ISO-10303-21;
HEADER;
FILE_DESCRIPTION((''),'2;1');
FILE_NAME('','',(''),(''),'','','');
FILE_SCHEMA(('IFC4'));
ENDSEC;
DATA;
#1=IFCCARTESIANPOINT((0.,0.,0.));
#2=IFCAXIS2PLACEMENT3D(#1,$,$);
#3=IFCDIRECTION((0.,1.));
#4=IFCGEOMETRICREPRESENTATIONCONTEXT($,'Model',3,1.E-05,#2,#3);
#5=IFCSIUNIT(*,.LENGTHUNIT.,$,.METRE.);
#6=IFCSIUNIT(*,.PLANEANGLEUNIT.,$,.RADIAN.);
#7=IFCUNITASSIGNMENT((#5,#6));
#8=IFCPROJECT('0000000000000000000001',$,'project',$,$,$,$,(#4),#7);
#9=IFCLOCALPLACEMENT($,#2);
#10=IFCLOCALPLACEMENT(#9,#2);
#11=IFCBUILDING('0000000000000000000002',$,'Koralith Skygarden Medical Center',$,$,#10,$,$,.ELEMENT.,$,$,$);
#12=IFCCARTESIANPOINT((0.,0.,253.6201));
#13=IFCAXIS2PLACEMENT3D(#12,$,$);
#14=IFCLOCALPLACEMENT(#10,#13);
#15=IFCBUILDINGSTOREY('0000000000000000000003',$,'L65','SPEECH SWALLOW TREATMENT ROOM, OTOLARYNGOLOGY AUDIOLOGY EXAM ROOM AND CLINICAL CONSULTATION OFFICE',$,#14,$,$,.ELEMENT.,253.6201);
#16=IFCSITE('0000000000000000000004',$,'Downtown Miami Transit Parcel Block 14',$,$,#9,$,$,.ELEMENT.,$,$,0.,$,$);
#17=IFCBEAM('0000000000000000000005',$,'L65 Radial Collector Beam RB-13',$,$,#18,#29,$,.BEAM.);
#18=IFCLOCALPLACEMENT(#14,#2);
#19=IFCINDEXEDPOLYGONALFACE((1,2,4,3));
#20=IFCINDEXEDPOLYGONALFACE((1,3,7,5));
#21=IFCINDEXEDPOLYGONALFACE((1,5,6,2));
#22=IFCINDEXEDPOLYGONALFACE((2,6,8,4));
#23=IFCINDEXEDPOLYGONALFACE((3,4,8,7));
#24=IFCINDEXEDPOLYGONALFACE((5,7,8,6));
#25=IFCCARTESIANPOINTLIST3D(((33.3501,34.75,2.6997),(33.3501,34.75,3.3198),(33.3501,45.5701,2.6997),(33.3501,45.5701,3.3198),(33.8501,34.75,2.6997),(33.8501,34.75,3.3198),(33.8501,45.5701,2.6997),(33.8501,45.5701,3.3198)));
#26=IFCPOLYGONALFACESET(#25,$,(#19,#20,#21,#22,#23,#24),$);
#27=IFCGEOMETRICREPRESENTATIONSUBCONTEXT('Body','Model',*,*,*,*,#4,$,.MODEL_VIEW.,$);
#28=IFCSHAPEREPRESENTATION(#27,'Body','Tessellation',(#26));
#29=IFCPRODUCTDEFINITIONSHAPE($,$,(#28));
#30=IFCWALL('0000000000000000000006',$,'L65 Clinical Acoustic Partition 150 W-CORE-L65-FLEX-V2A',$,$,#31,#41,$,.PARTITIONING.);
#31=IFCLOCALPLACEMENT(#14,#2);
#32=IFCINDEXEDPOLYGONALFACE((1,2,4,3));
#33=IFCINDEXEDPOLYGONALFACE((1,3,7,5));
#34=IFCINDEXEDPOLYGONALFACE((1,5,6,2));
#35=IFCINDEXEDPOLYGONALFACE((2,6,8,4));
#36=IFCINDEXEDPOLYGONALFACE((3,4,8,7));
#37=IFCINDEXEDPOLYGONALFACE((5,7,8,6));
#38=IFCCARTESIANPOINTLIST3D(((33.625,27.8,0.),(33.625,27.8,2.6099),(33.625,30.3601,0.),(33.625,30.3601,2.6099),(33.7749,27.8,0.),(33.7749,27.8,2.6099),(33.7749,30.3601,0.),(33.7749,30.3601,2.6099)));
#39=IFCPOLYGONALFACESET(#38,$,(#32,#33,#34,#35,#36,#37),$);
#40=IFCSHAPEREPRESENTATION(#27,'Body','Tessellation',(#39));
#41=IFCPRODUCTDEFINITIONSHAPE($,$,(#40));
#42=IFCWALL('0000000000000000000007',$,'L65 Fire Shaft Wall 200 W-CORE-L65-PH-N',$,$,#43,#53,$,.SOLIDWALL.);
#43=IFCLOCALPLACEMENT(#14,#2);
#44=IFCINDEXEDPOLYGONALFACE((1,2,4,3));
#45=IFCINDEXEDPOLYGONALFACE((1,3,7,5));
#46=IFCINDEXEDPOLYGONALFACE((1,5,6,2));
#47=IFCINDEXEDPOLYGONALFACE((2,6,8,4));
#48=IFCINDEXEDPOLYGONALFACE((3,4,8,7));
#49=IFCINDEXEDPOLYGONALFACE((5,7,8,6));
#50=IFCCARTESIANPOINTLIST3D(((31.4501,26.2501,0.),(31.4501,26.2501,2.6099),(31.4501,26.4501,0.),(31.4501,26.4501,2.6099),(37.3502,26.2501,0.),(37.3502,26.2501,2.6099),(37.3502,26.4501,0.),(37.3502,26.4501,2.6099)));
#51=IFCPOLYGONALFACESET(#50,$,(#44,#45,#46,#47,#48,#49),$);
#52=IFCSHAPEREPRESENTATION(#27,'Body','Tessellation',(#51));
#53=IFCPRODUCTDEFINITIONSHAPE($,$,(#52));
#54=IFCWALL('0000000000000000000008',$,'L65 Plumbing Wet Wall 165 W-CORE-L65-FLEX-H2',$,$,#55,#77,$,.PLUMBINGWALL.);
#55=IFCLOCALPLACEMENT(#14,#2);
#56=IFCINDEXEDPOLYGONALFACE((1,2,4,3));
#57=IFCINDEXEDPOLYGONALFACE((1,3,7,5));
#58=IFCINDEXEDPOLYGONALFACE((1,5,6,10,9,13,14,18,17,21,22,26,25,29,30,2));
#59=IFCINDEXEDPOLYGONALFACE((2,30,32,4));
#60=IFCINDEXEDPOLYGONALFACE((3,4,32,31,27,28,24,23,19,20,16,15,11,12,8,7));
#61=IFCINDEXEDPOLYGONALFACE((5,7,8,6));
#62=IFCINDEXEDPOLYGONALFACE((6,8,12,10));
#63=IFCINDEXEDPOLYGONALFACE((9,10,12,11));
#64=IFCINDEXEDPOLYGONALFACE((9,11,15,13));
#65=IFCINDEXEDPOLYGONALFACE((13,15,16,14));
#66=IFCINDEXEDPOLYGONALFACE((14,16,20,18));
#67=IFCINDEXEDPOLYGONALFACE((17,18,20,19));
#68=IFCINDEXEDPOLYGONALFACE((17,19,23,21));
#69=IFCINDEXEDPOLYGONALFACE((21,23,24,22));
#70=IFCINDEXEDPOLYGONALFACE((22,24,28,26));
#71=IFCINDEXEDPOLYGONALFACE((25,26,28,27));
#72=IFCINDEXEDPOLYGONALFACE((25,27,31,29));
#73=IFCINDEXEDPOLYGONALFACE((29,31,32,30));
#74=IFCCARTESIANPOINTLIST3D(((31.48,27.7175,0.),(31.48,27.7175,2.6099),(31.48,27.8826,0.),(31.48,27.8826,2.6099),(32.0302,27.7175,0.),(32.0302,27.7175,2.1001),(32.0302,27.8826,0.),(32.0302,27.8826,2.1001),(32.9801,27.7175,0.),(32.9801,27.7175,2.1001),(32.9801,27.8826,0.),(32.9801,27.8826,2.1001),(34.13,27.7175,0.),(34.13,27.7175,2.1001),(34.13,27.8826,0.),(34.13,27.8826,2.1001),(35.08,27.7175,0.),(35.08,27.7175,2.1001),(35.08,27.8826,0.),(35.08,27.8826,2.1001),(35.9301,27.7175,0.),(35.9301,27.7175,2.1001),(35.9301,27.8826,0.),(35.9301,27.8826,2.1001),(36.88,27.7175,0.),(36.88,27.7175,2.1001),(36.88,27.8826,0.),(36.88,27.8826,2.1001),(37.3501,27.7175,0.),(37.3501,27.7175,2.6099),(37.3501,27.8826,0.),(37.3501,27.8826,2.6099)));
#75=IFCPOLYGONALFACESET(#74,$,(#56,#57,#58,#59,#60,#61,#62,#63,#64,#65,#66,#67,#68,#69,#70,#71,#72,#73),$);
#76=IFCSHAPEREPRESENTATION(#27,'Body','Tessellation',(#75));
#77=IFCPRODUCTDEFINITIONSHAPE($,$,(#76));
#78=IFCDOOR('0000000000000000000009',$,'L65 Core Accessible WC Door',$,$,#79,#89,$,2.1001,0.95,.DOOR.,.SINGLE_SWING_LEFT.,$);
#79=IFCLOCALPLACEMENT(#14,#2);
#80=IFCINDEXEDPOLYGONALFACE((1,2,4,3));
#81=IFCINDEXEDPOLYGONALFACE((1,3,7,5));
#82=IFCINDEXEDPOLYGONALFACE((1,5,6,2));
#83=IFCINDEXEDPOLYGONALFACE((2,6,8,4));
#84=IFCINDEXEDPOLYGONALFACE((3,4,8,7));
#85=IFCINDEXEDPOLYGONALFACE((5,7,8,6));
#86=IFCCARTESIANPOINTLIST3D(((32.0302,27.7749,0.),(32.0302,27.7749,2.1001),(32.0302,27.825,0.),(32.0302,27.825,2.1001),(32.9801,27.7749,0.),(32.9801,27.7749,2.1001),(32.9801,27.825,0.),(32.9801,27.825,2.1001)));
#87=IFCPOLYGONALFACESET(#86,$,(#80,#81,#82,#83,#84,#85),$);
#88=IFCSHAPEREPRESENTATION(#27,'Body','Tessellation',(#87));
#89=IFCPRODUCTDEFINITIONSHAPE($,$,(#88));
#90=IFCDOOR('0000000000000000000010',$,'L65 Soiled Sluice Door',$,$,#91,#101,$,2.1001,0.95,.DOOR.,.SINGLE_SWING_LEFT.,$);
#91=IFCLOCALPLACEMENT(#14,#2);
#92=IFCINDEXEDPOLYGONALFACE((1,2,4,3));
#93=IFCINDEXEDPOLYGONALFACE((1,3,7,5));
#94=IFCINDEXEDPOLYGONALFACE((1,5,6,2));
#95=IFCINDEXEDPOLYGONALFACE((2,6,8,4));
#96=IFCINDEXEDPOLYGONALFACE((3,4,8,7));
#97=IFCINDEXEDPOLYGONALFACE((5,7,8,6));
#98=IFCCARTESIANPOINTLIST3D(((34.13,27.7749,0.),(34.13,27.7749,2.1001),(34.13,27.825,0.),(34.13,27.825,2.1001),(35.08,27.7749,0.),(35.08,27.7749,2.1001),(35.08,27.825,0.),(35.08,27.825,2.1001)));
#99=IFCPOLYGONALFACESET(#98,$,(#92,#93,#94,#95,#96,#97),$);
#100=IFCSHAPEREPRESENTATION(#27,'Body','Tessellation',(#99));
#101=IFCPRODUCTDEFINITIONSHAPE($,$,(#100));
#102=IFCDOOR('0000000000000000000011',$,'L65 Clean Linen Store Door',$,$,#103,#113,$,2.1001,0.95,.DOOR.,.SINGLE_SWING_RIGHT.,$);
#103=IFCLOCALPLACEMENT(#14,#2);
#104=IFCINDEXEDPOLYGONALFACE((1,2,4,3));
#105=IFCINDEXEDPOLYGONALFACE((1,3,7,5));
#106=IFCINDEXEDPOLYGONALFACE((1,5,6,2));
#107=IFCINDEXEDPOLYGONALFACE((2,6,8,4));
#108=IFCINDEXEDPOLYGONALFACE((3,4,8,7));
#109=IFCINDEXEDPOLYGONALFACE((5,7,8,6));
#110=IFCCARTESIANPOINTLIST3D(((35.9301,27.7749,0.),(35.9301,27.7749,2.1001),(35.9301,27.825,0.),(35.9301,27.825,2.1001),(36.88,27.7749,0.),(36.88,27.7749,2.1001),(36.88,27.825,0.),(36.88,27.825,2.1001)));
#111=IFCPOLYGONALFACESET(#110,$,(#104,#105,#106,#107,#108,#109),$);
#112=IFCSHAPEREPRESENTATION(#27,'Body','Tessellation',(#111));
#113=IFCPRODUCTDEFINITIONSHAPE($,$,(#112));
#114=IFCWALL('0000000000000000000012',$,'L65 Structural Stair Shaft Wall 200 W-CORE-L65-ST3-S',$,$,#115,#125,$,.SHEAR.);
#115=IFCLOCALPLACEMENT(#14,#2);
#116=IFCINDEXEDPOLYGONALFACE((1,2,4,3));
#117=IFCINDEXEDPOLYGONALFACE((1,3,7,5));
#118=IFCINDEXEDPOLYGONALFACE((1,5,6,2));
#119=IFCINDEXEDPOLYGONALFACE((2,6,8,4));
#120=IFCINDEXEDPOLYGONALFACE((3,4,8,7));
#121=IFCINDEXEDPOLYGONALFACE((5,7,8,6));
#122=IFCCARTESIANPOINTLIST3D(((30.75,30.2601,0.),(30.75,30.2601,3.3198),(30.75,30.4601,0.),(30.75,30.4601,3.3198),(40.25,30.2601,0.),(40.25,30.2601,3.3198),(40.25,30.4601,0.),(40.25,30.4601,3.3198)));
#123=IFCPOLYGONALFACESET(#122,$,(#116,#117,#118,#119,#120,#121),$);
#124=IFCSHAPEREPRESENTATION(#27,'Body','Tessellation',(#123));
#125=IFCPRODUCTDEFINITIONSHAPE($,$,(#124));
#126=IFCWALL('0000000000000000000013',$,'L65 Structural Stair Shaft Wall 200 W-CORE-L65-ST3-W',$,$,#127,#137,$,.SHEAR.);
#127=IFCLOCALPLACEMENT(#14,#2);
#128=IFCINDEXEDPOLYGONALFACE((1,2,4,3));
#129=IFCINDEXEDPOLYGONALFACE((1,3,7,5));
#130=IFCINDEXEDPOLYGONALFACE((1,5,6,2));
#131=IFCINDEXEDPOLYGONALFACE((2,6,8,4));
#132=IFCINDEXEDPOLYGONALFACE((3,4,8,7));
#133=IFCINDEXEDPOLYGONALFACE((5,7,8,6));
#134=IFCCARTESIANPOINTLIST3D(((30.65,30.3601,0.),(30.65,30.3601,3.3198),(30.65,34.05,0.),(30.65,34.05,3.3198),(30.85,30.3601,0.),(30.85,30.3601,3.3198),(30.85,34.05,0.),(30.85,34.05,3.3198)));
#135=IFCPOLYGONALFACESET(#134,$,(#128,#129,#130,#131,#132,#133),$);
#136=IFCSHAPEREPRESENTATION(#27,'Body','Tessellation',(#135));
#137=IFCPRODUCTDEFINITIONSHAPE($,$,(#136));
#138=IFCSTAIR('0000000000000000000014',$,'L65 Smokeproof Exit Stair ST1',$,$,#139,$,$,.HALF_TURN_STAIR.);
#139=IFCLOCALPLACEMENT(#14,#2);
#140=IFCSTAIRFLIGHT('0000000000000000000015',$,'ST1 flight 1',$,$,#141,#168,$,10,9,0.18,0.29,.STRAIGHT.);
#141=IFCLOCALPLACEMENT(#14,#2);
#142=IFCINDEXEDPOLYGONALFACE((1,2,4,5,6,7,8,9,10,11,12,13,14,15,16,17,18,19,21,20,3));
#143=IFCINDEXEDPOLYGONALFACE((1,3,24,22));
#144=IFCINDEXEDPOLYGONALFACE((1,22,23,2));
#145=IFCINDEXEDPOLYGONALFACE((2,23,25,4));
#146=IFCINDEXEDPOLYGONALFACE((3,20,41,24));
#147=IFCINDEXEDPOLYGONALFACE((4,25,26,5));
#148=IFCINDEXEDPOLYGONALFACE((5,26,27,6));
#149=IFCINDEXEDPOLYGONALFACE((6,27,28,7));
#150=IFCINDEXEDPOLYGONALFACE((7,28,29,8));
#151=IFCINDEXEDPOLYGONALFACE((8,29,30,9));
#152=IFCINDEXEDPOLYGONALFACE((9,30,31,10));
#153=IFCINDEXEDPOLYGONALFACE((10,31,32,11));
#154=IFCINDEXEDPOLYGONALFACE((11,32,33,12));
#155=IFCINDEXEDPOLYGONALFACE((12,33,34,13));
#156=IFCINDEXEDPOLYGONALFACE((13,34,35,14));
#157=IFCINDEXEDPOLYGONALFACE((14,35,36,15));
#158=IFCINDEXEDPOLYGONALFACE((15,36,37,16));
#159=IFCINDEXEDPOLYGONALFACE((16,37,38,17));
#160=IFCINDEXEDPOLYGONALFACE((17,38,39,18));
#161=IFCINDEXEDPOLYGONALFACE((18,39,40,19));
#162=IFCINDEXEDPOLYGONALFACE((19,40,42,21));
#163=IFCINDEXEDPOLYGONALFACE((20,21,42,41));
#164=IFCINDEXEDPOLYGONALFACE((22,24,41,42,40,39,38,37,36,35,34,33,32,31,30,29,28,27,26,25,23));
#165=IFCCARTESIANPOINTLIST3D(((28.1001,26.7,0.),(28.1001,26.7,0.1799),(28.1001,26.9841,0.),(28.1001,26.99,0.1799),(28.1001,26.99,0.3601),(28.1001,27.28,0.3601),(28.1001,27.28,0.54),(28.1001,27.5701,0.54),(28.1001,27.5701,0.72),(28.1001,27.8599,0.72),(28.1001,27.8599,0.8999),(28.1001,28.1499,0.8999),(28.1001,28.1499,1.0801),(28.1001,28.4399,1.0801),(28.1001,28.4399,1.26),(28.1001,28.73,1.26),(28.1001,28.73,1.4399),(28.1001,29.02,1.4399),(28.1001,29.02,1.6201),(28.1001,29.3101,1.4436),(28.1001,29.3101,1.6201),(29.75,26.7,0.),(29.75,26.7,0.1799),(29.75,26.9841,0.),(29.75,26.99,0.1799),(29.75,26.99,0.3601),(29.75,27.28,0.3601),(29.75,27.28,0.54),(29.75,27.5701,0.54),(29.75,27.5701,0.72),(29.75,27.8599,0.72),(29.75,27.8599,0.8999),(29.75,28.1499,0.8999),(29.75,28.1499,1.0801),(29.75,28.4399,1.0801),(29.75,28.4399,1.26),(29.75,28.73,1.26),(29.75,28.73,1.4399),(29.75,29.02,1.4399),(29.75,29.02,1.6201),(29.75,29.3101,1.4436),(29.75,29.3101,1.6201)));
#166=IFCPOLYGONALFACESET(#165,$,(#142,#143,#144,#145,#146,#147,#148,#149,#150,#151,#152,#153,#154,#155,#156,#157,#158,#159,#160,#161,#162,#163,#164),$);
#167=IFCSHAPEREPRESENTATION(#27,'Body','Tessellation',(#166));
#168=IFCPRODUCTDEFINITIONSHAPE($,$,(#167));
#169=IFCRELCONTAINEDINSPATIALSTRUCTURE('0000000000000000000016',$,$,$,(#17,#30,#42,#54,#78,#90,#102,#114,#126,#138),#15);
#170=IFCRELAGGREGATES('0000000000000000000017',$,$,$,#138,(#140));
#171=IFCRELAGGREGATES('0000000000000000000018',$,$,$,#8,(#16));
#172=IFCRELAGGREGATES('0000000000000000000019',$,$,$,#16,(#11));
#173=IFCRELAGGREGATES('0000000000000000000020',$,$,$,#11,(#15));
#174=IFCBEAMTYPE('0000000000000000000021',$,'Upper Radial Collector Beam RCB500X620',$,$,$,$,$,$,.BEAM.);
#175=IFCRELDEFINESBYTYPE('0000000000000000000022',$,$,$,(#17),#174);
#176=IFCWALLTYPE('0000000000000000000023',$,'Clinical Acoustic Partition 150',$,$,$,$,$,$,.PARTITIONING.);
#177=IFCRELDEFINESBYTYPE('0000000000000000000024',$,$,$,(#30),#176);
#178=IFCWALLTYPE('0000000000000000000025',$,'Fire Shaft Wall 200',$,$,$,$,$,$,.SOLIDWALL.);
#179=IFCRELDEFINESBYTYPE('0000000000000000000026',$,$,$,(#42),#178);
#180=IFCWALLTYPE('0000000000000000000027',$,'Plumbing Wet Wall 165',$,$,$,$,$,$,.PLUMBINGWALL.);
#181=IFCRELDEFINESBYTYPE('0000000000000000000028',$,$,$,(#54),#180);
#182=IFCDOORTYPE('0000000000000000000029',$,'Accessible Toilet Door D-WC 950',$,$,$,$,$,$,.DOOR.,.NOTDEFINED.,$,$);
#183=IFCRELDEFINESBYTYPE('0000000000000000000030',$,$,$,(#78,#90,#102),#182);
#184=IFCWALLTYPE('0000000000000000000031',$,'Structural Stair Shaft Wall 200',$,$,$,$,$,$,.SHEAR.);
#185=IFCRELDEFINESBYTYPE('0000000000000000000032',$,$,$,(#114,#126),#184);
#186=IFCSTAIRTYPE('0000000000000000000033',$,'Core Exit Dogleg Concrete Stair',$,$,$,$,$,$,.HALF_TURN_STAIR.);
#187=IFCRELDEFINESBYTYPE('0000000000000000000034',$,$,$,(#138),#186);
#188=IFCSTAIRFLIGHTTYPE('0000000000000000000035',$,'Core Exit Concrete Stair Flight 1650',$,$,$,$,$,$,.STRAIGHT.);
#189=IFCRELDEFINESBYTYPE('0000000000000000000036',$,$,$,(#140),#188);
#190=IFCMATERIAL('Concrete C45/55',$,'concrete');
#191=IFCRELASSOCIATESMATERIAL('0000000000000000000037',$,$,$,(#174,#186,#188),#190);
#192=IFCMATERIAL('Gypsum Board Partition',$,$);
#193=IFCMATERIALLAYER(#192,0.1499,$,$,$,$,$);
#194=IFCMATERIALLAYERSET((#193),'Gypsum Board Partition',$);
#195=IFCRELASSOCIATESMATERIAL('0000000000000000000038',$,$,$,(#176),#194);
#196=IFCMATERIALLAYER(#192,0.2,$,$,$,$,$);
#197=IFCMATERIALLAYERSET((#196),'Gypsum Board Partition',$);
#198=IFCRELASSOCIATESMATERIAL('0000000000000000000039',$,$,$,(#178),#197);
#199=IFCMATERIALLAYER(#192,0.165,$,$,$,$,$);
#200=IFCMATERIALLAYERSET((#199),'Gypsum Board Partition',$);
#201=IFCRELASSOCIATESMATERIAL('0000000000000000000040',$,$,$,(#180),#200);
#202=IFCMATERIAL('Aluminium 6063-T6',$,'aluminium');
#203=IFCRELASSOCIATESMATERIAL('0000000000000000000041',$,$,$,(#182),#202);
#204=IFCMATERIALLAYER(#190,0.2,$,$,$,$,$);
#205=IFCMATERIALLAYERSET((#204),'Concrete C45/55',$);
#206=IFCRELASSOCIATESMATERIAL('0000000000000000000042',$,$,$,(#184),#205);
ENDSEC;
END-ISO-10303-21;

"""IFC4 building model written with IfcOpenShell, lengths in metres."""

from ifc_helpers import new_model, si_unit, direction, frame, frame_2d, origin, origin_2d, place, context, subcontext, project, spatial, polyline, rectangle, outline, extrude, material, layer, layer_set, material_profile, profile_set, type_object, element, fill, aggregate, save


model = new_model("IFC4")

# Units and contexts
model_context = context("Model", 3, precision=1e-05, world=origin(), true_north=direction((0.0, 1.0)))
body_context = subcontext(model_context, "Body", "Model", "MODEL_VIEW")
ifc_project = project(units=[si_unit("LENGTHUNIT", "METRE"), si_unit("PLANEANGLEUNIT", "RADIAN")], contexts=[model_context])

# Site, building, storey
site_placement = place(None, origin())
site = spatial("IfcSite", under=ifc_project, at=site_placement, Name="Downtown Miami Transit Parcel Block 14", CompositionType="ELEMENT", RefElevation=0.0)
building_placement = place(site_placement, origin())
building = spatial("IfcBuilding", under=site, at=building_placement, Name="Koralith Skygarden Medical Center", CompositionType="ELEMENT")
storey_placement = place(building_placement, frame((0.0, 0.0, 253.6201)))
storey = spatial("IfcBuildingStorey", under=building, at=storey_placement, Name="L65", Description="SPEECH SWALLOW TREATMENT ROOM, OTOLARYNGOLOGY AUDIOLOGY EXAM ROOM AND CLINICAL CONSULTATION OFFICE", CompositionType="ELEMENT", Elevation=253.6201)

# Beam
ifc_material_1 = material(Name="Concrete C45/55", Category="concrete")
ifc_material_profile = material_profile(ifc_material_1, rectangle(XDim=0.5, YDim=0.6201, at=origin_2d()), Name="RCB500X620")
ifc_profile_set = profile_set([ifc_material_profile], Name="Concrete C45/55")
beam_type = type_object("IfcBeamType", Name="Upper Radial Collector Beam RCB500X620", PredefinedType="BEAM", material=ifc_profile_set)
beam_placement = place(storey_placement, frame((33.6001, 34.75, 3.0098), z_axis=(0.0, 1.0, 0.0), x_axis=(-1.0, 0.0, 0.0)))
element("IfcBeam", 1, at=beam_placement, inside=storey, type_object=beam_type, Name="L65 Radial Collector Beam RB-13", PredefinedType="BEAM", context=body_context, shape_type="SweptSolid", body=[
    extrude(rectangle(XDim=0.5, YDim=0.6201, at=origin_2d()), origin(), (0.0, 0.0, 1.0), 10.8201),
])

# Walls
ifc_material_2 = material(Name="Gypsum Board Partition")
ifc_layer_1 = layer(ifc_material_2, 0.1499)
ifc_layer_set_1 = layer_set([ifc_layer_1], Name="Gypsum Board Partition")
wall_type_1 = type_object("IfcWallType", Name="Clinical Acoustic Partition 150", PredefinedType="PARTITIONING", material=ifc_layer_set_1)
wall_1_placement = place(storey_placement, frame((33.7, 27.8, 0.0), z_axis=(0.0, 0.0, 1.0), x_axis=(0.0, 1.0, 0.0)))
element("IfcWall", 2, at=wall_1_placement, inside=storey, type_object=wall_type_1, Name="L65 Clinical Acoustic Partition 150 W-CORE-L65-FLEX-V2A", PredefinedType="PARTITIONING", context=body_context, shape_type="SweptSolid", body=[
    extrude(rectangle(XDim=2.5601, YDim=0.1499, at=frame_2d((1.28, 0.0))), origin(), (0.0, 0.0, 1.0), 2.6099),
])
ifc_layer_2 = layer(ifc_material_2, 0.2)
ifc_layer_set_2 = layer_set([ifc_layer_2], Name="Gypsum Board Partition")
wall_type_2 = type_object("IfcWallType", Name="Fire Shaft Wall 200", PredefinedType="SOLIDWALL", material=ifc_layer_set_2)
wall_2_placement = place(storey_placement, frame((31.45, 26.3501, 0.0), z_axis=(0.0, 0.0, 1.0), x_axis=(1.0, 0.0, 0.0)))
element("IfcWall", 3, at=wall_2_placement, inside=storey, type_object=wall_type_2, Name="L65 Fire Shaft Wall 200 W-CORE-L65-PH-N", PredefinedType="SOLIDWALL", context=body_context, shape_type="SweptSolid", body=[
    extrude(rectangle(XDim=5.9001, YDim=0.2, at=frame_2d((2.9502, 0.0))), origin(), (0.0, 0.0, 1.0), 2.6099),
])

# Shared definitions
ifc_layer_3 = layer(ifc_material_2, 0.165)
ifc_layer_set_3 = layer_set([ifc_layer_3], Name="Gypsum Board Partition")
wall_type_3 = type_object("IfcWallType", Name="Plumbing Wet Wall 165", PredefinedType="PLUMBINGWALL", material=ifc_layer_set_3)
ifc_material_3 = material(Name="Aluminium 6063-T6", Category="aluminium")

# Wall, openings, doors
wall_3_placement = place(storey_placement, frame((31.48, 27.8, 0.0), z_axis=(0.0, 0.0, 1.0), x_axis=(1.0, 0.0, 0.0)))
wall_3 = element("IfcWall", 4, at=wall_3_placement, inside=storey, type_object=wall_type_3, Name="L65 Plumbing Wet Wall 165 W-CORE-L65-FLEX-H2", PredefinedType="PLUMBINGWALL", context=body_context, shape_type="SweptSolid", body=[
    extrude(rectangle(XDim=5.8701, YDim=0.165, at=frame_2d((2.9351, 0.0))), origin(), (0.0, 0.0, 1.0), 2.6099),
])
opening_1_placement = place(wall_3_placement, frame((0.55, 0.0, 0.0)))
opening_1 = element("IfcOpeningElement", 5, at=opening_1_placement, cuts=wall_3, PredefinedType="OPENING", context=body_context, shape_type="SweptSolid", body=[
    extrude(rectangle(XDim=0.95, YDim=2.1001, at=frame_2d((0.4751, 1.05))), frame((0.0, 0.0925, 0.0), z_axis=(0.0, -1.0, 0.0), x_axis=(1.0, 0.0, 0.0)), (0.0, 0.0, 1.0), 0.1851),
])
opening_2_placement = place(wall_3_placement, frame((2.6499, 0.0, 0.0)))
opening_2 = element("IfcOpeningElement", 6, at=opening_2_placement, cuts=wall_3, PredefinedType="OPENING", context=body_context, shape_type="SweptSolid", body=[
    extrude(rectangle(XDim=0.95, YDim=2.1001, at=frame_2d((0.4751, 1.05))), frame((0.0, 0.0925, 0.0), z_axis=(0.0, -1.0, 0.0), x_axis=(1.0, 0.0, 0.0)), (0.0, 0.0, 1.0), 0.1851),
])
opening_3_placement = place(wall_3_placement, frame((4.45, 0.0, 0.0)))
opening_3 = element("IfcOpeningElement", 7, at=opening_3_placement, cuts=wall_3, PredefinedType="OPENING", context=body_context, shape_type="SweptSolid", body=[
    extrude(rectangle(XDim=0.95, YDim=2.1001, at=frame_2d((0.4751, 1.05))), frame((0.0, 0.0925, 0.0), z_axis=(0.0, -1.0, 0.0), x_axis=(1.0, 0.0, 0.0)), (0.0, 0.0, 1.0), 0.1851),
])
door_type_1 = type_object("IfcDoorType", Name="Accessible Toilet Door D-WC 950", OperationType="NOTDEFINED", PredefinedType="DOOR", material=ifc_material_3)
door_1_placement = place(opening_1_placement, origin())
door_1 = element("IfcDoor", 8, at=door_1_placement, inside=storey, type_object=door_type_1, Name="L65 Core Accessible WC Door", OperationType="SINGLE_SWING_LEFT", OverallHeight=2.1001, OverallWidth=0.95, PredefinedType="DOOR", context=body_context, shape_type="SweptSolid", body=[
    extrude(rectangle(XDim=0.95, YDim=2.1001, at=frame_2d((0.4751, 1.05))), frame((0.0, 0.0249, 0.0), z_axis=(0.0, -1.0, 0.0), x_axis=(1.0, 0.0, 0.0)), (0.0, 0.0, 1.0), 0.05),
])
fill(opening_1, door_1)
door_2_placement = place(opening_2_placement, origin())
door_2 = element("IfcDoor", 9, at=door_2_placement, inside=storey, type_object=door_type_1, Name="L65 Soiled Sluice Door", OperationType="SINGLE_SWING_LEFT", OverallHeight=2.1001, OverallWidth=0.95, PredefinedType="DOOR", context=body_context, shape_type="SweptSolid", body=[
    extrude(rectangle(XDim=0.95, YDim=2.1001, at=frame_2d((0.4751, 1.05))), frame((0.0, 0.0249, 0.0), z_axis=(0.0, -1.0, 0.0), x_axis=(1.0, 0.0, 0.0)), (0.0, 0.0, 1.0), 0.05),
])
fill(opening_2, door_2)
door_3_placement = place(opening_3_placement, origin())
door_3 = element("IfcDoor", 10, at=door_3_placement, inside=storey, type_object=door_type_1, Name="L65 Clean Linen Store Door", OperationType="SINGLE_SWING_RIGHT", OverallHeight=2.1001, OverallWidth=0.95, PredefinedType="DOOR", context=body_context, shape_type="SweptSolid", body=[
    extrude(rectangle(XDim=0.95, YDim=2.1001, at=frame_2d((0.4751, 1.05))), frame((0.0, 0.0249, 0.0), z_axis=(0.0, -1.0, 0.0), x_axis=(1.0, 0.0, 0.0)), (0.0, 0.0, 1.0), 0.05),
])
fill(opening_3, door_3)

# Walls
ifc_layer_4 = layer(ifc_material_1, 0.2)
ifc_layer_set_4 = layer_set([ifc_layer_4], Name="Concrete C45/55")
wall_type_4 = type_object("IfcWallType", Name="Structural Stair Shaft Wall 200", PredefinedType="SHEAR", material=ifc_layer_set_4)
wall_4_placement = place(storey_placement, frame((30.75, 30.3601, 0.0), z_axis=(0.0, 0.0, 1.0), x_axis=(1.0, 0.0, 0.0)))
element("IfcWall", 11, at=wall_4_placement, inside=storey, type_object=wall_type_4, Name="L65 Structural Stair Shaft Wall 200 W-CORE-L65-ST3-S", PredefinedType="SHEAR", context=body_context, shape_type="SweptSolid", body=[
    extrude(rectangle(XDim=9.5, YDim=0.2, at=frame_2d((4.75, 0.0))), origin(), (0.0, 0.0, 1.0), 3.3198),
])
wall_5_placement = place(storey_placement, frame((30.75, 30.3601, 0.0), z_axis=(0.0, 0.0, 1.0), x_axis=(0.0, 1.0, 0.0)))
element("IfcWall", 12, at=wall_5_placement, inside=storey, type_object=wall_type_4, Name="L65 Structural Stair Shaft Wall 200 W-CORE-L65-ST3-W", PredefinedType="SHEAR", context=body_context, shape_type="SweptSolid", body=[
    extrude(rectangle(XDim=3.6899, YDim=0.2, at=frame_2d((1.845, 0.0))), origin(), (0.0, 0.0, 1.0), 3.3198),
])

# Stair, stair flight
stair_type = type_object("IfcStairType", Name="Core Exit Dogleg Concrete Stair", PredefinedType="HALF_TURN_STAIR", material=ifc_material_1)
stair_1_placement = place(storey_placement, origin())
stair_1 = element("IfcStair", 13, at=stair_1_placement, inside=storey, type_object=stair_type, Name="L65 Smokeproof Exit Stair ST1", PredefinedType="HALF_TURN_STAIR")
stair_flight_type = type_object("IfcStairFlightType", Name="Core Exit Concrete Stair Flight 1650", PredefinedType="STRAIGHT", material=ifc_material_1)
stair_flight_1_placement = place(storey_placement, frame((28.925, 26.7, 0.0), z_axis=(0.0, 0.0, 1.0), x_axis=(0.0, 1.0, 0.0)))
stair_flight_1 = element("IfcStairFlight", 14, at=stair_flight_1_placement, type_object=stair_flight_type, Name="ST1 flight 1", NumberOfRisers=10, NumberOfTreads=9, PredefinedType="STRAIGHT", RiserHeight=0.18, TreadLength=0.29, context=body_context, shape_type="SweptSolid", body=[
    extrude(outline(polyline([(0.0, 0.0), (0.0, 0.1799), (0.29, 0.1799), (0.29, 0.3601), (0.5801, 0.3601), (0.5801, 0.54), (0.8701, 0.54), (0.8701, 0.72), (1.1599, 0.72), (1.1599, 0.8999), (1.45, 0.8999), (1.45, 1.0801), (1.74, 1.0801), (1.74, 1.26), (2.03, 1.26), (2.03, 1.4399), (2.3201, 1.4399), (2.3201, 1.6201), (2.6101, 1.6201), (2.6101, 1.8), (2.6101, 1.4436), (0.2842, 0.0), (0.0, 0.0)])), frame((0.0, 0.825, 0.0), z_axis=(0.0, -1.0, 0.0), x_axis=(1.0, 0.0, 0.0)), (0.0, 0.0, 1.0), 1.6499),
])
aggregate(stair_1, [stair_flight_1])

save(model, "model.ifc")
